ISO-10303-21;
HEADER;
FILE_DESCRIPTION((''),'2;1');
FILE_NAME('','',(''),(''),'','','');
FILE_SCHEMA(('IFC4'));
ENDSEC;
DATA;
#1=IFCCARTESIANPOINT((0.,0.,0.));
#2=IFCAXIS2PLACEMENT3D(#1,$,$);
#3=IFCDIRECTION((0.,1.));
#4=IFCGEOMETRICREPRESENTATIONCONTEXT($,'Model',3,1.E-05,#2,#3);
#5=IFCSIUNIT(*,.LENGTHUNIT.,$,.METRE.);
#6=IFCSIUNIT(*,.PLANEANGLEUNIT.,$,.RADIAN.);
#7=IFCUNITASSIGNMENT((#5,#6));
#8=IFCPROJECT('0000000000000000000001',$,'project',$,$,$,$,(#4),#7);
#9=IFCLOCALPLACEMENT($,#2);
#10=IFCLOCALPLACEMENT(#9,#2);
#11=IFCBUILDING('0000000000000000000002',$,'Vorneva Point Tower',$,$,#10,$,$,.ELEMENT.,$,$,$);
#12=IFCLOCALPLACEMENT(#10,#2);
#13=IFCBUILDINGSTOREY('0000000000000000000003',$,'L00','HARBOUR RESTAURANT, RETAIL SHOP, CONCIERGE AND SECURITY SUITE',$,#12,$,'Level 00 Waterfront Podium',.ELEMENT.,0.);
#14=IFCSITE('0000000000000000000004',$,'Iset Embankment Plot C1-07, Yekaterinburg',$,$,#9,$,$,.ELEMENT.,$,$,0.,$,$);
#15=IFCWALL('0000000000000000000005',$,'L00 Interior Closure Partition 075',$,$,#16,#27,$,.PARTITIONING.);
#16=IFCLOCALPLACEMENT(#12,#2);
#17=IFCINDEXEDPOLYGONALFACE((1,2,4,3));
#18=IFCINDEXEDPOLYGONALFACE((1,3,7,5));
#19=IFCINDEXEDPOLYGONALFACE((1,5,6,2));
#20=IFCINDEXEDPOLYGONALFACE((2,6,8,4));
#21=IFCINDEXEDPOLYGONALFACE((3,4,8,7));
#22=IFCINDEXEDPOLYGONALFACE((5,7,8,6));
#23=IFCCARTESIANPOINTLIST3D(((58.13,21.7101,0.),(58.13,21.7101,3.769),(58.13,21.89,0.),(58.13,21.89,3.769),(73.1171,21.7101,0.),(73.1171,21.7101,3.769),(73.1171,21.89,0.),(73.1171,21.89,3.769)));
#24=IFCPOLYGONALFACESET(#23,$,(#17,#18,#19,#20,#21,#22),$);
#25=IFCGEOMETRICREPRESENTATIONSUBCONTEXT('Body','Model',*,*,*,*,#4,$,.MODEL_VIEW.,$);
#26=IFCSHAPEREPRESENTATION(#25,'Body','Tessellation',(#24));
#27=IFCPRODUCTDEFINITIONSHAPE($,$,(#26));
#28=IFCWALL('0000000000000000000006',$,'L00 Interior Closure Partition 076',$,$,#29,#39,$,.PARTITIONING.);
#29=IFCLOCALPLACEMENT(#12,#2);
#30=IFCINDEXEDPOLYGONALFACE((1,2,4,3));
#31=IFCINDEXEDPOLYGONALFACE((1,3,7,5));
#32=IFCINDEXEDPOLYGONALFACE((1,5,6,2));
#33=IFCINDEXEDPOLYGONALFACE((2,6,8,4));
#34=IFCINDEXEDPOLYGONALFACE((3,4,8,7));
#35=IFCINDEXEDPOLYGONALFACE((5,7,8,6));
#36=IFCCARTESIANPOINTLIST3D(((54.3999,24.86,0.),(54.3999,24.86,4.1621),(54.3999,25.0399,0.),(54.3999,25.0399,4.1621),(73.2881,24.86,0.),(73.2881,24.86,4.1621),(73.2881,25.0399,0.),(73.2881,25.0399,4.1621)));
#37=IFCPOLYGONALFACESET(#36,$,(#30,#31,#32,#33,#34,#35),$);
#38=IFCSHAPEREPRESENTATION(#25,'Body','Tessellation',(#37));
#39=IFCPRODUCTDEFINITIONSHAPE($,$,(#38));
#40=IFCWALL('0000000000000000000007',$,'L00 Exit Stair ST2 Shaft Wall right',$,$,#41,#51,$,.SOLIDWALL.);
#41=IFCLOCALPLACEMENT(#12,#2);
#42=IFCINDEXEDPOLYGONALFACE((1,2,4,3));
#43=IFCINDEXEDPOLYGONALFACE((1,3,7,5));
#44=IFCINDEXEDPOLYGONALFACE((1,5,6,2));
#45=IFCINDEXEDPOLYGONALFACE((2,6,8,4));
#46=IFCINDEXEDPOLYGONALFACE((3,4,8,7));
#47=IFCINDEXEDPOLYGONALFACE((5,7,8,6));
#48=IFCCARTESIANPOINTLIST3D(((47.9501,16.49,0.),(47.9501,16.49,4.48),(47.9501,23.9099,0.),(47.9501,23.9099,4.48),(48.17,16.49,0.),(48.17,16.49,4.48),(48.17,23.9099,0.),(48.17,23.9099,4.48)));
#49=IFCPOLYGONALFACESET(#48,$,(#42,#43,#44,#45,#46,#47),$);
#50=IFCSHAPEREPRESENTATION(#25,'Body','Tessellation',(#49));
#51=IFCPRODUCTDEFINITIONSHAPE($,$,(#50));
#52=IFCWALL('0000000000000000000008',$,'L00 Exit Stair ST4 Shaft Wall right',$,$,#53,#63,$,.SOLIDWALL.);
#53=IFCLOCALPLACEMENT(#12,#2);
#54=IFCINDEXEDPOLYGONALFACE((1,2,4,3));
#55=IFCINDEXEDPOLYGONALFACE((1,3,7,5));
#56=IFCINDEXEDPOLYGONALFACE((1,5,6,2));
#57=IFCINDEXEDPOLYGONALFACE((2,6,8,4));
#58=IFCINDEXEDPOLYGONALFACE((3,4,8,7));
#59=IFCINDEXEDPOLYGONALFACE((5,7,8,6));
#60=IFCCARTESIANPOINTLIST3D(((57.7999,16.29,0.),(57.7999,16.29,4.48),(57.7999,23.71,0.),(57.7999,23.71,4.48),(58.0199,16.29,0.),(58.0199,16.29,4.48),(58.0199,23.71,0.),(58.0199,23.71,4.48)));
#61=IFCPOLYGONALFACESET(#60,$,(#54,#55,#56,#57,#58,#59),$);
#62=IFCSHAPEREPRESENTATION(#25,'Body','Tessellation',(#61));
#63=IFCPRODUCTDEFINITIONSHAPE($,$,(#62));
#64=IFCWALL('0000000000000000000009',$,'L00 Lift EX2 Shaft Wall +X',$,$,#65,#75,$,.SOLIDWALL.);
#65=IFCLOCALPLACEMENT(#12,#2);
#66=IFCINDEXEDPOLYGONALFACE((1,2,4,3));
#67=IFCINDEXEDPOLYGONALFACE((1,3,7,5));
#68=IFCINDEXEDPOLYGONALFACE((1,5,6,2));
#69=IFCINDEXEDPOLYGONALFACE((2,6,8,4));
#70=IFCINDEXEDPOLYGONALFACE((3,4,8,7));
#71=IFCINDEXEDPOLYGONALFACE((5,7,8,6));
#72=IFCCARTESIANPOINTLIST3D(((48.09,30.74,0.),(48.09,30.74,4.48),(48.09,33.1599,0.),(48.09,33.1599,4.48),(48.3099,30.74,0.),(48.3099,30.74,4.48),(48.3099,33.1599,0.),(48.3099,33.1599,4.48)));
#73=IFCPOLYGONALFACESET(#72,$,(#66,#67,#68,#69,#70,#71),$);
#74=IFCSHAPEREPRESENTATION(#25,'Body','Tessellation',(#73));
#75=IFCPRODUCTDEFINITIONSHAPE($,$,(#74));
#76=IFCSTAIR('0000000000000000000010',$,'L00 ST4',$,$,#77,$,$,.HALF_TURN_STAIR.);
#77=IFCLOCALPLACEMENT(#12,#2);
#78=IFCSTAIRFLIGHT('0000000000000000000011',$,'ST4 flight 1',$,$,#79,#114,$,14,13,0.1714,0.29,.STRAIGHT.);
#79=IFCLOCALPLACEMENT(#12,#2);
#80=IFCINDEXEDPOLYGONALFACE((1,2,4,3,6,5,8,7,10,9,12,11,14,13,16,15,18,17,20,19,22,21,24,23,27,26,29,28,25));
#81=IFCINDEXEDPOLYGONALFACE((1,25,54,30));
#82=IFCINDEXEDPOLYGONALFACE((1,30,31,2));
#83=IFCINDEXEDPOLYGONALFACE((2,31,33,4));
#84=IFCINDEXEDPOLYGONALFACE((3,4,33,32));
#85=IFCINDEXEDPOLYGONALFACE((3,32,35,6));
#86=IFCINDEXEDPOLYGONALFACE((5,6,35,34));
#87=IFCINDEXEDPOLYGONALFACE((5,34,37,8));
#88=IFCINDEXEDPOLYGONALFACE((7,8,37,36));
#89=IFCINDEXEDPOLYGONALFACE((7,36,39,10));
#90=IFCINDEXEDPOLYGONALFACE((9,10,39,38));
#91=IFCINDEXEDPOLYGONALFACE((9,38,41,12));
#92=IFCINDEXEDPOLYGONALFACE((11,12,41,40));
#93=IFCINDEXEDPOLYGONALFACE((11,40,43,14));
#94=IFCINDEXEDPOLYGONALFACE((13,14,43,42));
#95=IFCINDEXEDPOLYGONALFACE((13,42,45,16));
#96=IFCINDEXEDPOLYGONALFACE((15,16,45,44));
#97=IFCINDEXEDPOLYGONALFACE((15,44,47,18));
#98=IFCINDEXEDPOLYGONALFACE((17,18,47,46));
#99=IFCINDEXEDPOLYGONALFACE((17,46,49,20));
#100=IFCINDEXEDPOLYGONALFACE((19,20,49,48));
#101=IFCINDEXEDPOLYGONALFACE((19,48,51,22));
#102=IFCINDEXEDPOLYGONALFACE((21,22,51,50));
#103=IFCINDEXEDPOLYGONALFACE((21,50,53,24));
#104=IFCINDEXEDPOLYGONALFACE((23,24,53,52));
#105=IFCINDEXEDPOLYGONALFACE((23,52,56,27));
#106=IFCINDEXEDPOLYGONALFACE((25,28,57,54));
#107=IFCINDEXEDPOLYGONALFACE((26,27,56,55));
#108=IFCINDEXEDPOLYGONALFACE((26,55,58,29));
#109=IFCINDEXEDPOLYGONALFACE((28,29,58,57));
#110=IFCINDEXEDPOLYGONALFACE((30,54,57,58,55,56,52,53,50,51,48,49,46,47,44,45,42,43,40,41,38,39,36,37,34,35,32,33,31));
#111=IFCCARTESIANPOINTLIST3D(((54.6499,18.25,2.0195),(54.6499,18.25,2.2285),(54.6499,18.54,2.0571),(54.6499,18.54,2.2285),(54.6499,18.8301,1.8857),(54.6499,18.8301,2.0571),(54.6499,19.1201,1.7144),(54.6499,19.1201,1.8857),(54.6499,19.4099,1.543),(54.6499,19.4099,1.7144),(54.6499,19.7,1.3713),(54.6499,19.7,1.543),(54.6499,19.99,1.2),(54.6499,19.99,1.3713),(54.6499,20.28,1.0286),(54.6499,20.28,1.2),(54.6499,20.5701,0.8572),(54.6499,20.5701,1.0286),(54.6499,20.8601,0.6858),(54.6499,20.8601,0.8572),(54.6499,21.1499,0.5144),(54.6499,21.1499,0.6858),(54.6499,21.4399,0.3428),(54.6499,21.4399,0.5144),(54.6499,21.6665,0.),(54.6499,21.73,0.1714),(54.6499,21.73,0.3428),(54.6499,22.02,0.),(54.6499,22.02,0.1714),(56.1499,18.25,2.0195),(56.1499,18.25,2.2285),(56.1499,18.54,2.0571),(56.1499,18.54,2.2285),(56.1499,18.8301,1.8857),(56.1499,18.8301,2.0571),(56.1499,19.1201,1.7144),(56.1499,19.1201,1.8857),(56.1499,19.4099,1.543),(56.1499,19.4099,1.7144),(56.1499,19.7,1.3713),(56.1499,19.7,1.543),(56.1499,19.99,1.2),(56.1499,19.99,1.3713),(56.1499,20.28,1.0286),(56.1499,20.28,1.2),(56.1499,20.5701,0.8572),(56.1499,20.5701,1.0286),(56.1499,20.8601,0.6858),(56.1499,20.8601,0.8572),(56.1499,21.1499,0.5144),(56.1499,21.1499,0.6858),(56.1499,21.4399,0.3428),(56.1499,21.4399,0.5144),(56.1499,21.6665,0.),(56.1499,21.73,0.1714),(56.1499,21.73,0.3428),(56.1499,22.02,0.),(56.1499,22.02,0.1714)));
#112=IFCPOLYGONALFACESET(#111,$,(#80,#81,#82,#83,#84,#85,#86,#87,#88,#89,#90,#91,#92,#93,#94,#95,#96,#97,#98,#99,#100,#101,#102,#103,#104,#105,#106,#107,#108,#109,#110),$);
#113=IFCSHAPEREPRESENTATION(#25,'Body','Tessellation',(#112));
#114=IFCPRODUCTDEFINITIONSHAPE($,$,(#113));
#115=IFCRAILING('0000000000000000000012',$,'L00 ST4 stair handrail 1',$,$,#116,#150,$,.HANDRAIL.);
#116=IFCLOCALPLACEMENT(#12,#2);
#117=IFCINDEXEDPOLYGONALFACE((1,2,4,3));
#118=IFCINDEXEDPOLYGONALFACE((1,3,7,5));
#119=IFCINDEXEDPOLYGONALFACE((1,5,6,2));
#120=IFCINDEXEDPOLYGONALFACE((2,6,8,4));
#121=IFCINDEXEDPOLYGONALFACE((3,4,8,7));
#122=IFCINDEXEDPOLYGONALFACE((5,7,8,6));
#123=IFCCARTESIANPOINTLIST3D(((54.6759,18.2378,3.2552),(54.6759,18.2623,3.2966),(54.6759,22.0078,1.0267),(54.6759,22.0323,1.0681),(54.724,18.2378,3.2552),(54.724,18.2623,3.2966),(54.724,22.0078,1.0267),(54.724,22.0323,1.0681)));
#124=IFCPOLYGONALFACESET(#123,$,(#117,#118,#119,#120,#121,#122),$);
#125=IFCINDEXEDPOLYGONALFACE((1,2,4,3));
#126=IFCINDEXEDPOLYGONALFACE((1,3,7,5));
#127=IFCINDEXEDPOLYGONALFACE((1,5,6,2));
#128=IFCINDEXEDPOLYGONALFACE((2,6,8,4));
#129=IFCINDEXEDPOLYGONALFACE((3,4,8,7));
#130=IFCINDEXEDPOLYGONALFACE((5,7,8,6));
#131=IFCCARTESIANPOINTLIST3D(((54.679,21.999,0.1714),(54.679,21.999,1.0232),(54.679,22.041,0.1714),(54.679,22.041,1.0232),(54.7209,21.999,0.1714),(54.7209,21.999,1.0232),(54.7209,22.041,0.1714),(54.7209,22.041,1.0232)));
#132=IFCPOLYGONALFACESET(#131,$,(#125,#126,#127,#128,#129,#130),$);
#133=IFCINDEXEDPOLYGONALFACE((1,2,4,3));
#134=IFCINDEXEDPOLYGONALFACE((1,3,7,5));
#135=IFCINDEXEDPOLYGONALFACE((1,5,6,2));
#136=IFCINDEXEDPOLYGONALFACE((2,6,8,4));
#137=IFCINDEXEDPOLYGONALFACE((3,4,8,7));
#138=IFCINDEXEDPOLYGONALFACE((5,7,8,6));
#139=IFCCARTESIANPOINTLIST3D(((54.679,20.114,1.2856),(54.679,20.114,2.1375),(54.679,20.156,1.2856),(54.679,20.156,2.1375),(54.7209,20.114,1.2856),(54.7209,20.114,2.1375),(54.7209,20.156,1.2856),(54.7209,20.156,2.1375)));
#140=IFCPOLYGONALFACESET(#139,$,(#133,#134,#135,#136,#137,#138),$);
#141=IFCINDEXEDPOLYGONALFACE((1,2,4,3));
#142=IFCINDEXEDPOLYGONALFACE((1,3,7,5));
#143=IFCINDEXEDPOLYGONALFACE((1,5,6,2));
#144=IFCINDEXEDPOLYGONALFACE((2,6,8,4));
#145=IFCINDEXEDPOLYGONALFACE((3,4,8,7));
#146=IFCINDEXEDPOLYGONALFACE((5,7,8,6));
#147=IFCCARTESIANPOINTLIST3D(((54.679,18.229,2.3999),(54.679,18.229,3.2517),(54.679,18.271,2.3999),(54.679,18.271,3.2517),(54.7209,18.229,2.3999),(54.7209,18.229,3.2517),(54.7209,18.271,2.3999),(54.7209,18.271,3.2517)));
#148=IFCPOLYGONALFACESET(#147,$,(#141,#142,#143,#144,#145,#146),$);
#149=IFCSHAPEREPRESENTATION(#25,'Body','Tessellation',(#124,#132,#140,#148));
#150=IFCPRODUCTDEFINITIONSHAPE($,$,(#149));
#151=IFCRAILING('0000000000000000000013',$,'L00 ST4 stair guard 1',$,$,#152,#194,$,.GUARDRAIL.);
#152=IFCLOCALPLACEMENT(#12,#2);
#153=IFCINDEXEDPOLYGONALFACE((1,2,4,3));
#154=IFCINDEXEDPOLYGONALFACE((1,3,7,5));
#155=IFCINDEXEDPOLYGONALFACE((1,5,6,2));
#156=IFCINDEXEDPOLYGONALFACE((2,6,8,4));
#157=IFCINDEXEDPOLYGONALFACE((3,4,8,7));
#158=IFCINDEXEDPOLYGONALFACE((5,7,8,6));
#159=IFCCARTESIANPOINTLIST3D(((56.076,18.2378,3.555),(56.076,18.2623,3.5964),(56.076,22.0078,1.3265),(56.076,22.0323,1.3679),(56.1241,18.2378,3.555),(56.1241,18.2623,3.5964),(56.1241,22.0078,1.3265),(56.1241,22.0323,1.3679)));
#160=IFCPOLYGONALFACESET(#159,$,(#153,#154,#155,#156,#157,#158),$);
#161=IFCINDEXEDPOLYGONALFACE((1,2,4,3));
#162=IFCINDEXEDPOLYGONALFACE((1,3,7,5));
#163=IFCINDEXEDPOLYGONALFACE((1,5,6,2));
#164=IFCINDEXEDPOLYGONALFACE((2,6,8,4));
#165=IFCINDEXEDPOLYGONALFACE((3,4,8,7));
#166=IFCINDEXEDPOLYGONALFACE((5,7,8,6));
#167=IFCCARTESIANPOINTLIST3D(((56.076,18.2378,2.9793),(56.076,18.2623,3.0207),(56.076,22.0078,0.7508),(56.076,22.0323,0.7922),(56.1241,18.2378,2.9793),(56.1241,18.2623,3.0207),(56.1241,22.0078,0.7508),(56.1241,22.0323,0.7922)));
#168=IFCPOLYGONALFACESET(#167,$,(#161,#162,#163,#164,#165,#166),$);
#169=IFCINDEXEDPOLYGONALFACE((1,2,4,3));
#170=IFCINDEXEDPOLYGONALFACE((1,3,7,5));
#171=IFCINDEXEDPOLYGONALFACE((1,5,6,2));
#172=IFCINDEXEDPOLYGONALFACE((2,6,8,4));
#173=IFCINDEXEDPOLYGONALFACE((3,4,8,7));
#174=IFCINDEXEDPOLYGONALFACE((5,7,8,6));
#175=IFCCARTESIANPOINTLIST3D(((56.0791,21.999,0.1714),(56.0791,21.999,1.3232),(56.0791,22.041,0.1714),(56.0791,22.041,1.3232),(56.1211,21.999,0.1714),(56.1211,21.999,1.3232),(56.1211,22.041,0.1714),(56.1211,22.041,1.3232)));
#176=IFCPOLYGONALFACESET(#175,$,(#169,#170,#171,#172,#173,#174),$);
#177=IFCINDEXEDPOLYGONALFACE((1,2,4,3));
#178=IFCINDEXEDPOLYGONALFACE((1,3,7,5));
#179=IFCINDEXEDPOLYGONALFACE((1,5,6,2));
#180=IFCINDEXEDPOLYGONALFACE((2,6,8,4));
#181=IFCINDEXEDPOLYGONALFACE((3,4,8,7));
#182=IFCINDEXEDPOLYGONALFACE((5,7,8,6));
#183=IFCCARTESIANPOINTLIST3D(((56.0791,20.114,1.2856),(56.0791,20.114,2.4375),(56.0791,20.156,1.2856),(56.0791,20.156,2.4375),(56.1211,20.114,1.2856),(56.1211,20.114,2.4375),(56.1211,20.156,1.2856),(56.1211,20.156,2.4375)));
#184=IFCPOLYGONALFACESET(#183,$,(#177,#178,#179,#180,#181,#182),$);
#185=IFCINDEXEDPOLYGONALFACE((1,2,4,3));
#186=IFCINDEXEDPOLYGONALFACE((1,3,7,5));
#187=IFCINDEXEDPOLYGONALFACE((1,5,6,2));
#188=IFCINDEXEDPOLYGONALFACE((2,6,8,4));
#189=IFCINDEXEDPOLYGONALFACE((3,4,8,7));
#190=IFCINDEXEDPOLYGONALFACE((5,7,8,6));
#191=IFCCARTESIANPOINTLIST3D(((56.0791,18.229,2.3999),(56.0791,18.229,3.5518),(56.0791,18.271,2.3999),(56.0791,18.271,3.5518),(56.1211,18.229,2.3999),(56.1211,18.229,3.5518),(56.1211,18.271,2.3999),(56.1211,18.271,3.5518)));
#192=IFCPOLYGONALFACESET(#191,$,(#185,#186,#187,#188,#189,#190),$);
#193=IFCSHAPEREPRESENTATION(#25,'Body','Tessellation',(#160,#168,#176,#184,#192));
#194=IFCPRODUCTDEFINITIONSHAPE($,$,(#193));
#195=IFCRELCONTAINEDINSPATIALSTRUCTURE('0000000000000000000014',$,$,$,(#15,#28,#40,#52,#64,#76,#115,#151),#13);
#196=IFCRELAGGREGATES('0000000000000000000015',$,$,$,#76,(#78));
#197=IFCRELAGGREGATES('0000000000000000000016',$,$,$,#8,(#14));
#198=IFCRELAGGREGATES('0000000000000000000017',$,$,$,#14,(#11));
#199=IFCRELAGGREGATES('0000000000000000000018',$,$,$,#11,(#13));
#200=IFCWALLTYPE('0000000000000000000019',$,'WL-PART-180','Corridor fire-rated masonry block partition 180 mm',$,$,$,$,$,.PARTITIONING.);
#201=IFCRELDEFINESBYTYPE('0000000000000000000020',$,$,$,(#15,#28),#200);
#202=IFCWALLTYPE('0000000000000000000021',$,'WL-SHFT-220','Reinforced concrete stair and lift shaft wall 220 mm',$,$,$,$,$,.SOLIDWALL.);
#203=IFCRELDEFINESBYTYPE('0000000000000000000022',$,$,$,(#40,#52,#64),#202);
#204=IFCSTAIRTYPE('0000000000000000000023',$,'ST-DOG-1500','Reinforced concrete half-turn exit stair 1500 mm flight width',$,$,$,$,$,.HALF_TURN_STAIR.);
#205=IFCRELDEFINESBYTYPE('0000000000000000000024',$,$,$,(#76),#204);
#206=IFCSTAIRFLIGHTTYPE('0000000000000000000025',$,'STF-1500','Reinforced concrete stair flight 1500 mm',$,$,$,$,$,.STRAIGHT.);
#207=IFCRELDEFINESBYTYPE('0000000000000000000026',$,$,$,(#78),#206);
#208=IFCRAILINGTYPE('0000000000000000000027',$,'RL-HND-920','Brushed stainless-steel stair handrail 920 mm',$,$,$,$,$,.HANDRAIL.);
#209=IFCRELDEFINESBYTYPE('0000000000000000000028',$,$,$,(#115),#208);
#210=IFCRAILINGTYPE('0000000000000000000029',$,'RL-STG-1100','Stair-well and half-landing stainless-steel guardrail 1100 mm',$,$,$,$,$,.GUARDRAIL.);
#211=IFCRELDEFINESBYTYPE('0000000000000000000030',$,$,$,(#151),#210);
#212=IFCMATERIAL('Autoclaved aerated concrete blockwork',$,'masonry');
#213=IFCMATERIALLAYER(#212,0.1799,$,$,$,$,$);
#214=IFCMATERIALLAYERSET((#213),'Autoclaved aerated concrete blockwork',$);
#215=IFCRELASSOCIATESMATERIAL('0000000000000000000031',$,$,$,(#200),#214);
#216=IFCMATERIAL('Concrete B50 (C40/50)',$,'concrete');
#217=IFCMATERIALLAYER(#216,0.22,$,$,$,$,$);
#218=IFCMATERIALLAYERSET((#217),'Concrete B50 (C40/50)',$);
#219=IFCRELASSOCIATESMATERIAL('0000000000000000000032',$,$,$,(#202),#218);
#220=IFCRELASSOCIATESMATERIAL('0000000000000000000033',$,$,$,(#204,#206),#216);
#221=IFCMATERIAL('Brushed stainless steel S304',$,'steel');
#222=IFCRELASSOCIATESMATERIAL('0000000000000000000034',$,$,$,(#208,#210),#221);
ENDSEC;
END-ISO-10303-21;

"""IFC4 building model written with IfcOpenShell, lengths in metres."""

from ifc_helpers import new_model, si_unit, direction, frame, frame_2d, origin, origin_2d, place, context, subcontext, project, spatial, polyline, rectangle, outline, extrude, material, layer, layer_set, type_object, element, aggregate, save


model = new_model("IFC4")

# Units and contexts
model_context = context("Model", 3, precision=1e-05, world=origin(), true_north=direction((0.0, 1.0)))
body_context = subcontext(model_context, "Body", "Model", "MODEL_VIEW")
ifc_project = project(units=[si_unit("LENGTHUNIT", "METRE"), si_unit("PLANEANGLEUNIT", "RADIAN")], contexts=[model_context])

# Site, building, storey
site_placement = place(None, origin())
site = spatial("IfcSite", under=ifc_project, at=site_placement, Name="Iset Embankment Plot C1-07, Yekaterinburg", CompositionType="ELEMENT", RefElevation=0.0)
building_placement = place(site_placement, origin())
building = spatial("IfcBuilding", under=site, at=building_placement, Name="Vorneva Point Tower", CompositionType="ELEMENT")
storey_placement = place(building_placement, origin())
storey = spatial("IfcBuildingStorey", under=building, at=storey_placement, Name="L00", Description="HARBOUR RESTAURANT, RETAIL SHOP, CONCIERGE AND SECURITY SUITE", LongName="Level 00 Waterfront Podium", CompositionType="ELEMENT", Elevation=0.0)

# Shared definitions
ifc_material_1 = material(Name="Autoclaved aerated concrete blockwork", Category="masonry")
ifc_layer_1 = layer(ifc_material_1, 0.1799)
ifc_layer_set_1 = layer_set([ifc_layer_1], Name="Autoclaved aerated concrete blockwork")
wall_type_1 = type_object("IfcWallType", Name="WL-PART-180", Description="Corridor fire-rated masonry block partition 180 mm", PredefinedType="PARTITIONING", material=ifc_layer_set_1)

# Walls
wall_1_placement = place(storey_placement, frame((58.1299, 21.8, 0.0), z_axis=(0.0, 0.0, 1.0), x_axis=(1.0, 0.0, 0.0)))
element("IfcWall", 1, at=wall_1_placement, inside=storey, type_object=wall_type_1, Name="L00 Interior Closure Partition 075", PredefinedType="PARTITIONING", context=body_context, shape_type="SweptSolid", body=[
    extrude(rectangle(XDim=14.9871, YDim=0.1799, at=frame_2d((7.4937, 0.0))), origin(), (0.0, 0.0, 1.0), 3.769),
])
wall_2_placement = place(storey_placement, frame((73.2881, 24.95, 0.0), z_axis=(0.0, 0.0, 1.0), x_axis=(-1.0, 0.0, 0.0)))
element("IfcWall", 2, at=wall_2_placement, inside=storey, type_object=wall_type_1, Name="L00 Interior Closure Partition 076", PredefinedType="PARTITIONING", context=body_context, shape_type="SweptSolid", body=[
    extrude(rectangle(XDim=18.8882, YDim=0.1799, at=frame_2d((9.4441, 0.0))), origin(), (0.0, 0.0, 1.0), 4.1621),
])
ifc_material_2 = material(Name="Concrete B50 (C40/50)", Category="concrete")
ifc_layer_2 = layer(ifc_material_2, 0.22)
ifc_layer_set_2 = layer_set([ifc_layer_2], Name="Concrete B50 (C40/50)")
wall_type_2 = type_object("IfcWallType", Name="WL-SHFT-220", Description="Reinforced concrete stair and lift shaft wall 220 mm", PredefinedType="SOLIDWALL", material=ifc_layer_set_2)
wall_3_placement = place(storey_placement, frame((48.0601, 23.9099, 0.0), z_axis=(0.0, 0.0, 1.0), x_axis=(0.0, -1.0, 0.0)))
element("IfcWall", 3, at=wall_3_placement, inside=storey, type_object=wall_type_2, Name="L00 Exit Stair ST2 Shaft Wall right", PredefinedType="SOLIDWALL", context=body_context, shape_type="SweptSolid", body=[
    extrude(rectangle(XDim=7.4199, YDim=0.22, at=frame_2d((3.71, 0.0))), origin(), (0.0, 0.0, 1.0), 4.48),
])

# Walls
wall_4_placement = place(storey_placement, frame((57.9099, 23.71, 0.0), z_axis=(0.0, 0.0, 1.0), x_axis=(0.0, -1.0, 0.0)))
element("IfcWall", 4, at=wall_4_placement, inside=storey, type_object=wall_type_2, Name="L00 Exit Stair ST4 Shaft Wall right", PredefinedType="SOLIDWALL", context=body_context, shape_type="SweptSolid", body=[
    extrude(rectangle(XDim=7.4199, YDim=0.22, at=frame_2d((3.71, 0.0))), origin(), (0.0, 0.0, 1.0), 4.48),
])
wall_5_placement = place(storey_placement, frame((48.2, 30.74, 0.0), z_axis=(0.0, 0.0, 1.0), x_axis=(0.0, 1.0, 0.0)))
element("IfcWall", 5, at=wall_5_placement, inside=storey, type_object=wall_type_2, Name="L00 Lift EX2 Shaft Wall +X", PredefinedType="SOLIDWALL", context=body_context, shape_type="SweptSolid", body=[
    extrude(rectangle(XDim=2.4199, YDim=0.22, at=frame_2d((1.21, 0.0))), origin(), (0.0, 0.0, 1.0), 4.48),
])

# Stair, stair flight
stair_type = type_object("IfcStairType", Name="ST-DOG-1500", Description="Reinforced concrete half-turn exit stair 1500 mm flight width", PredefinedType="HALF_TURN_STAIR", material=ifc_material_2)
stair_placement = place(storey_placement, origin())
stair = element("IfcStair", 6, at=stair_placement, inside=storey, type_object=stair_type, Name="L00 ST4", PredefinedType="HALF_TURN_STAIR")
stair_flight_type = type_object("IfcStairFlightType", Name="STF-1500", Description="Reinforced concrete stair flight 1500 mm", PredefinedType="STRAIGHT", material=ifc_material_2)
stair_flight_placement = place(storey_placement, frame((55.3999, 22.02, 0.0), z_axis=(0.0, 0.0, 1.0), x_axis=(0.0, -1.0, 0.0)))
stair_flight = element("IfcStairFlight", 7, at=stair_flight_placement, type_object=stair_flight_type, Name="ST4 flight 1", NumberOfRisers=14, NumberOfTreads=13, PredefinedType="STRAIGHT", RiserHeight=0.1714, TreadLength=0.29, context=body_context, shape_type="SweptSolid", body=[
    extrude(outline(polyline([(0.0, 0.0), (0.0, 0.1714), (0.29, 0.1714), (0.29, 0.3428), (0.5801, 0.3428), (0.5801, 0.5144), (0.8701, 0.5144), (0.8701, 0.6858), (1.1599, 0.6858), (1.1599, 0.8572), (1.45, 0.8572), (1.45, 1.0286), (1.74, 1.0286), (1.74, 1.2), (2.03, 1.2), (2.03, 1.3713), (2.3201, 1.3713), (2.3201, 1.543), (2.6101, 1.543), (2.6101, 1.7144), (2.8999, 1.7144), (2.8999, 1.8857), (3.1899, 1.8857), (3.1899, 2.0571), (3.48, 2.0571), (3.48, 2.2285), (3.77, 2.2285), (3.77, 2.3999), (3.77, 2.0195), (0.3535, 0.0), (0.0, 0.0)])), frame((0.0, 0.75, 0.0), z_axis=(0.0, -1.0, 0.0), x_axis=(1.0, 0.0, 0.0)), (0.0, 0.0, 1.0), 1.5),
])
aggregate(stair, [stair_flight])

# Railings
ifc_material_3 = material(Name="Brushed stainless steel S304", Category="steel")
railing_type_1 = type_object("IfcRailingType", Name="RL-HND-920", Description="Brushed stainless-steel stair handrail 920 mm", PredefinedType="HANDRAIL", material=ifc_material_3)
railing_1_placement = place(storey_placement, frame((54.7, 22.02, 0.1714)))
element("IfcRailing", 8, at=railing_1_placement, inside=storey, type_object=railing_type_1, Name="L00 ST4 stair handrail 1", PredefinedType="HANDRAIL", context=body_context, shape_type="SweptSolid", body=[
    extrude(rectangle(XDim=0.0481, YDim=0.0481, at=origin_2d()), frame((0.0, 0.0, 0.876), z_axis=(0.0, -0.860849, 0.508861), x_axis=(1.0, 0.0, 0.0)), (0.0, 0.0, 1.0), 4.3794),
    extrude(rectangle(XDim=0.042, YDim=0.042, at=origin_2d()), origin(), (0.0, 0.0, 1.0), 0.8518),
    extrude(rectangle(XDim=0.042, YDim=0.042, at=origin_2d()), frame((0.0, -1.885, 1.1143)), (0.0, 0.0, 1.0), 0.8518),
    extrude(rectangle(XDim=0.042, YDim=0.042, at=origin_2d()), frame((0.0, -3.77, 2.2285)), (0.0, 0.0, 1.0), 0.8518),
])
railing_type_2 = type_object("IfcRailingType", Name="RL-STG-1100", Description="Stair-well and half-landing stainless-steel guardrail 1100 mm", PredefinedType="GUARDRAIL", material=ifc_material_3)
railing_2_placement = place(storey_placement, frame((56.1001, 22.02, 0.1714)))
element("IfcRailing", 9, at=railing_2_placement, inside=storey, type_object=railing_type_2, Name="L00 ST4 stair guard 1", PredefinedType="GUARDRAIL", context=body_context, shape_type="SweptSolid", body=[
    extrude(rectangle(XDim=0.0481, YDim=0.0481, at=origin_2d()), frame((0.0, 0.0, 1.1758), z_axis=(0.0, -0.860849, 0.508861), x_axis=(1.0, 0.0, 0.0)), (0.0, 0.0, 1.0), 4.3794),
    extrude(rectangle(XDim=0.0481, YDim=0.0481, at=origin_2d()), frame((0.0, 0.0, 0.6001), z_axis=(0.0, -0.860849, 0.508861), x_axis=(1.0, 0.0, 0.0)), (0.0, 0.0, 1.0), 4.3794),
    extrude(rectangle(XDim=0.042, YDim=0.042, at=origin_2d()), origin(), (0.0, 0.0, 1.0), 1.1519),
    extrude(rectangle(XDim=0.042, YDim=0.042, at=origin_2d()), frame((0.0, -1.885, 1.1143)), (0.0, 0.0, 1.0), 1.1519),
    extrude(rectangle(XDim=0.042, YDim=0.042, at=origin_2d()), frame((0.0, -3.77, 2.2285)), (0.0, 0.0, 1.0), 1.1519),
])

save(model, "model.ifc")
